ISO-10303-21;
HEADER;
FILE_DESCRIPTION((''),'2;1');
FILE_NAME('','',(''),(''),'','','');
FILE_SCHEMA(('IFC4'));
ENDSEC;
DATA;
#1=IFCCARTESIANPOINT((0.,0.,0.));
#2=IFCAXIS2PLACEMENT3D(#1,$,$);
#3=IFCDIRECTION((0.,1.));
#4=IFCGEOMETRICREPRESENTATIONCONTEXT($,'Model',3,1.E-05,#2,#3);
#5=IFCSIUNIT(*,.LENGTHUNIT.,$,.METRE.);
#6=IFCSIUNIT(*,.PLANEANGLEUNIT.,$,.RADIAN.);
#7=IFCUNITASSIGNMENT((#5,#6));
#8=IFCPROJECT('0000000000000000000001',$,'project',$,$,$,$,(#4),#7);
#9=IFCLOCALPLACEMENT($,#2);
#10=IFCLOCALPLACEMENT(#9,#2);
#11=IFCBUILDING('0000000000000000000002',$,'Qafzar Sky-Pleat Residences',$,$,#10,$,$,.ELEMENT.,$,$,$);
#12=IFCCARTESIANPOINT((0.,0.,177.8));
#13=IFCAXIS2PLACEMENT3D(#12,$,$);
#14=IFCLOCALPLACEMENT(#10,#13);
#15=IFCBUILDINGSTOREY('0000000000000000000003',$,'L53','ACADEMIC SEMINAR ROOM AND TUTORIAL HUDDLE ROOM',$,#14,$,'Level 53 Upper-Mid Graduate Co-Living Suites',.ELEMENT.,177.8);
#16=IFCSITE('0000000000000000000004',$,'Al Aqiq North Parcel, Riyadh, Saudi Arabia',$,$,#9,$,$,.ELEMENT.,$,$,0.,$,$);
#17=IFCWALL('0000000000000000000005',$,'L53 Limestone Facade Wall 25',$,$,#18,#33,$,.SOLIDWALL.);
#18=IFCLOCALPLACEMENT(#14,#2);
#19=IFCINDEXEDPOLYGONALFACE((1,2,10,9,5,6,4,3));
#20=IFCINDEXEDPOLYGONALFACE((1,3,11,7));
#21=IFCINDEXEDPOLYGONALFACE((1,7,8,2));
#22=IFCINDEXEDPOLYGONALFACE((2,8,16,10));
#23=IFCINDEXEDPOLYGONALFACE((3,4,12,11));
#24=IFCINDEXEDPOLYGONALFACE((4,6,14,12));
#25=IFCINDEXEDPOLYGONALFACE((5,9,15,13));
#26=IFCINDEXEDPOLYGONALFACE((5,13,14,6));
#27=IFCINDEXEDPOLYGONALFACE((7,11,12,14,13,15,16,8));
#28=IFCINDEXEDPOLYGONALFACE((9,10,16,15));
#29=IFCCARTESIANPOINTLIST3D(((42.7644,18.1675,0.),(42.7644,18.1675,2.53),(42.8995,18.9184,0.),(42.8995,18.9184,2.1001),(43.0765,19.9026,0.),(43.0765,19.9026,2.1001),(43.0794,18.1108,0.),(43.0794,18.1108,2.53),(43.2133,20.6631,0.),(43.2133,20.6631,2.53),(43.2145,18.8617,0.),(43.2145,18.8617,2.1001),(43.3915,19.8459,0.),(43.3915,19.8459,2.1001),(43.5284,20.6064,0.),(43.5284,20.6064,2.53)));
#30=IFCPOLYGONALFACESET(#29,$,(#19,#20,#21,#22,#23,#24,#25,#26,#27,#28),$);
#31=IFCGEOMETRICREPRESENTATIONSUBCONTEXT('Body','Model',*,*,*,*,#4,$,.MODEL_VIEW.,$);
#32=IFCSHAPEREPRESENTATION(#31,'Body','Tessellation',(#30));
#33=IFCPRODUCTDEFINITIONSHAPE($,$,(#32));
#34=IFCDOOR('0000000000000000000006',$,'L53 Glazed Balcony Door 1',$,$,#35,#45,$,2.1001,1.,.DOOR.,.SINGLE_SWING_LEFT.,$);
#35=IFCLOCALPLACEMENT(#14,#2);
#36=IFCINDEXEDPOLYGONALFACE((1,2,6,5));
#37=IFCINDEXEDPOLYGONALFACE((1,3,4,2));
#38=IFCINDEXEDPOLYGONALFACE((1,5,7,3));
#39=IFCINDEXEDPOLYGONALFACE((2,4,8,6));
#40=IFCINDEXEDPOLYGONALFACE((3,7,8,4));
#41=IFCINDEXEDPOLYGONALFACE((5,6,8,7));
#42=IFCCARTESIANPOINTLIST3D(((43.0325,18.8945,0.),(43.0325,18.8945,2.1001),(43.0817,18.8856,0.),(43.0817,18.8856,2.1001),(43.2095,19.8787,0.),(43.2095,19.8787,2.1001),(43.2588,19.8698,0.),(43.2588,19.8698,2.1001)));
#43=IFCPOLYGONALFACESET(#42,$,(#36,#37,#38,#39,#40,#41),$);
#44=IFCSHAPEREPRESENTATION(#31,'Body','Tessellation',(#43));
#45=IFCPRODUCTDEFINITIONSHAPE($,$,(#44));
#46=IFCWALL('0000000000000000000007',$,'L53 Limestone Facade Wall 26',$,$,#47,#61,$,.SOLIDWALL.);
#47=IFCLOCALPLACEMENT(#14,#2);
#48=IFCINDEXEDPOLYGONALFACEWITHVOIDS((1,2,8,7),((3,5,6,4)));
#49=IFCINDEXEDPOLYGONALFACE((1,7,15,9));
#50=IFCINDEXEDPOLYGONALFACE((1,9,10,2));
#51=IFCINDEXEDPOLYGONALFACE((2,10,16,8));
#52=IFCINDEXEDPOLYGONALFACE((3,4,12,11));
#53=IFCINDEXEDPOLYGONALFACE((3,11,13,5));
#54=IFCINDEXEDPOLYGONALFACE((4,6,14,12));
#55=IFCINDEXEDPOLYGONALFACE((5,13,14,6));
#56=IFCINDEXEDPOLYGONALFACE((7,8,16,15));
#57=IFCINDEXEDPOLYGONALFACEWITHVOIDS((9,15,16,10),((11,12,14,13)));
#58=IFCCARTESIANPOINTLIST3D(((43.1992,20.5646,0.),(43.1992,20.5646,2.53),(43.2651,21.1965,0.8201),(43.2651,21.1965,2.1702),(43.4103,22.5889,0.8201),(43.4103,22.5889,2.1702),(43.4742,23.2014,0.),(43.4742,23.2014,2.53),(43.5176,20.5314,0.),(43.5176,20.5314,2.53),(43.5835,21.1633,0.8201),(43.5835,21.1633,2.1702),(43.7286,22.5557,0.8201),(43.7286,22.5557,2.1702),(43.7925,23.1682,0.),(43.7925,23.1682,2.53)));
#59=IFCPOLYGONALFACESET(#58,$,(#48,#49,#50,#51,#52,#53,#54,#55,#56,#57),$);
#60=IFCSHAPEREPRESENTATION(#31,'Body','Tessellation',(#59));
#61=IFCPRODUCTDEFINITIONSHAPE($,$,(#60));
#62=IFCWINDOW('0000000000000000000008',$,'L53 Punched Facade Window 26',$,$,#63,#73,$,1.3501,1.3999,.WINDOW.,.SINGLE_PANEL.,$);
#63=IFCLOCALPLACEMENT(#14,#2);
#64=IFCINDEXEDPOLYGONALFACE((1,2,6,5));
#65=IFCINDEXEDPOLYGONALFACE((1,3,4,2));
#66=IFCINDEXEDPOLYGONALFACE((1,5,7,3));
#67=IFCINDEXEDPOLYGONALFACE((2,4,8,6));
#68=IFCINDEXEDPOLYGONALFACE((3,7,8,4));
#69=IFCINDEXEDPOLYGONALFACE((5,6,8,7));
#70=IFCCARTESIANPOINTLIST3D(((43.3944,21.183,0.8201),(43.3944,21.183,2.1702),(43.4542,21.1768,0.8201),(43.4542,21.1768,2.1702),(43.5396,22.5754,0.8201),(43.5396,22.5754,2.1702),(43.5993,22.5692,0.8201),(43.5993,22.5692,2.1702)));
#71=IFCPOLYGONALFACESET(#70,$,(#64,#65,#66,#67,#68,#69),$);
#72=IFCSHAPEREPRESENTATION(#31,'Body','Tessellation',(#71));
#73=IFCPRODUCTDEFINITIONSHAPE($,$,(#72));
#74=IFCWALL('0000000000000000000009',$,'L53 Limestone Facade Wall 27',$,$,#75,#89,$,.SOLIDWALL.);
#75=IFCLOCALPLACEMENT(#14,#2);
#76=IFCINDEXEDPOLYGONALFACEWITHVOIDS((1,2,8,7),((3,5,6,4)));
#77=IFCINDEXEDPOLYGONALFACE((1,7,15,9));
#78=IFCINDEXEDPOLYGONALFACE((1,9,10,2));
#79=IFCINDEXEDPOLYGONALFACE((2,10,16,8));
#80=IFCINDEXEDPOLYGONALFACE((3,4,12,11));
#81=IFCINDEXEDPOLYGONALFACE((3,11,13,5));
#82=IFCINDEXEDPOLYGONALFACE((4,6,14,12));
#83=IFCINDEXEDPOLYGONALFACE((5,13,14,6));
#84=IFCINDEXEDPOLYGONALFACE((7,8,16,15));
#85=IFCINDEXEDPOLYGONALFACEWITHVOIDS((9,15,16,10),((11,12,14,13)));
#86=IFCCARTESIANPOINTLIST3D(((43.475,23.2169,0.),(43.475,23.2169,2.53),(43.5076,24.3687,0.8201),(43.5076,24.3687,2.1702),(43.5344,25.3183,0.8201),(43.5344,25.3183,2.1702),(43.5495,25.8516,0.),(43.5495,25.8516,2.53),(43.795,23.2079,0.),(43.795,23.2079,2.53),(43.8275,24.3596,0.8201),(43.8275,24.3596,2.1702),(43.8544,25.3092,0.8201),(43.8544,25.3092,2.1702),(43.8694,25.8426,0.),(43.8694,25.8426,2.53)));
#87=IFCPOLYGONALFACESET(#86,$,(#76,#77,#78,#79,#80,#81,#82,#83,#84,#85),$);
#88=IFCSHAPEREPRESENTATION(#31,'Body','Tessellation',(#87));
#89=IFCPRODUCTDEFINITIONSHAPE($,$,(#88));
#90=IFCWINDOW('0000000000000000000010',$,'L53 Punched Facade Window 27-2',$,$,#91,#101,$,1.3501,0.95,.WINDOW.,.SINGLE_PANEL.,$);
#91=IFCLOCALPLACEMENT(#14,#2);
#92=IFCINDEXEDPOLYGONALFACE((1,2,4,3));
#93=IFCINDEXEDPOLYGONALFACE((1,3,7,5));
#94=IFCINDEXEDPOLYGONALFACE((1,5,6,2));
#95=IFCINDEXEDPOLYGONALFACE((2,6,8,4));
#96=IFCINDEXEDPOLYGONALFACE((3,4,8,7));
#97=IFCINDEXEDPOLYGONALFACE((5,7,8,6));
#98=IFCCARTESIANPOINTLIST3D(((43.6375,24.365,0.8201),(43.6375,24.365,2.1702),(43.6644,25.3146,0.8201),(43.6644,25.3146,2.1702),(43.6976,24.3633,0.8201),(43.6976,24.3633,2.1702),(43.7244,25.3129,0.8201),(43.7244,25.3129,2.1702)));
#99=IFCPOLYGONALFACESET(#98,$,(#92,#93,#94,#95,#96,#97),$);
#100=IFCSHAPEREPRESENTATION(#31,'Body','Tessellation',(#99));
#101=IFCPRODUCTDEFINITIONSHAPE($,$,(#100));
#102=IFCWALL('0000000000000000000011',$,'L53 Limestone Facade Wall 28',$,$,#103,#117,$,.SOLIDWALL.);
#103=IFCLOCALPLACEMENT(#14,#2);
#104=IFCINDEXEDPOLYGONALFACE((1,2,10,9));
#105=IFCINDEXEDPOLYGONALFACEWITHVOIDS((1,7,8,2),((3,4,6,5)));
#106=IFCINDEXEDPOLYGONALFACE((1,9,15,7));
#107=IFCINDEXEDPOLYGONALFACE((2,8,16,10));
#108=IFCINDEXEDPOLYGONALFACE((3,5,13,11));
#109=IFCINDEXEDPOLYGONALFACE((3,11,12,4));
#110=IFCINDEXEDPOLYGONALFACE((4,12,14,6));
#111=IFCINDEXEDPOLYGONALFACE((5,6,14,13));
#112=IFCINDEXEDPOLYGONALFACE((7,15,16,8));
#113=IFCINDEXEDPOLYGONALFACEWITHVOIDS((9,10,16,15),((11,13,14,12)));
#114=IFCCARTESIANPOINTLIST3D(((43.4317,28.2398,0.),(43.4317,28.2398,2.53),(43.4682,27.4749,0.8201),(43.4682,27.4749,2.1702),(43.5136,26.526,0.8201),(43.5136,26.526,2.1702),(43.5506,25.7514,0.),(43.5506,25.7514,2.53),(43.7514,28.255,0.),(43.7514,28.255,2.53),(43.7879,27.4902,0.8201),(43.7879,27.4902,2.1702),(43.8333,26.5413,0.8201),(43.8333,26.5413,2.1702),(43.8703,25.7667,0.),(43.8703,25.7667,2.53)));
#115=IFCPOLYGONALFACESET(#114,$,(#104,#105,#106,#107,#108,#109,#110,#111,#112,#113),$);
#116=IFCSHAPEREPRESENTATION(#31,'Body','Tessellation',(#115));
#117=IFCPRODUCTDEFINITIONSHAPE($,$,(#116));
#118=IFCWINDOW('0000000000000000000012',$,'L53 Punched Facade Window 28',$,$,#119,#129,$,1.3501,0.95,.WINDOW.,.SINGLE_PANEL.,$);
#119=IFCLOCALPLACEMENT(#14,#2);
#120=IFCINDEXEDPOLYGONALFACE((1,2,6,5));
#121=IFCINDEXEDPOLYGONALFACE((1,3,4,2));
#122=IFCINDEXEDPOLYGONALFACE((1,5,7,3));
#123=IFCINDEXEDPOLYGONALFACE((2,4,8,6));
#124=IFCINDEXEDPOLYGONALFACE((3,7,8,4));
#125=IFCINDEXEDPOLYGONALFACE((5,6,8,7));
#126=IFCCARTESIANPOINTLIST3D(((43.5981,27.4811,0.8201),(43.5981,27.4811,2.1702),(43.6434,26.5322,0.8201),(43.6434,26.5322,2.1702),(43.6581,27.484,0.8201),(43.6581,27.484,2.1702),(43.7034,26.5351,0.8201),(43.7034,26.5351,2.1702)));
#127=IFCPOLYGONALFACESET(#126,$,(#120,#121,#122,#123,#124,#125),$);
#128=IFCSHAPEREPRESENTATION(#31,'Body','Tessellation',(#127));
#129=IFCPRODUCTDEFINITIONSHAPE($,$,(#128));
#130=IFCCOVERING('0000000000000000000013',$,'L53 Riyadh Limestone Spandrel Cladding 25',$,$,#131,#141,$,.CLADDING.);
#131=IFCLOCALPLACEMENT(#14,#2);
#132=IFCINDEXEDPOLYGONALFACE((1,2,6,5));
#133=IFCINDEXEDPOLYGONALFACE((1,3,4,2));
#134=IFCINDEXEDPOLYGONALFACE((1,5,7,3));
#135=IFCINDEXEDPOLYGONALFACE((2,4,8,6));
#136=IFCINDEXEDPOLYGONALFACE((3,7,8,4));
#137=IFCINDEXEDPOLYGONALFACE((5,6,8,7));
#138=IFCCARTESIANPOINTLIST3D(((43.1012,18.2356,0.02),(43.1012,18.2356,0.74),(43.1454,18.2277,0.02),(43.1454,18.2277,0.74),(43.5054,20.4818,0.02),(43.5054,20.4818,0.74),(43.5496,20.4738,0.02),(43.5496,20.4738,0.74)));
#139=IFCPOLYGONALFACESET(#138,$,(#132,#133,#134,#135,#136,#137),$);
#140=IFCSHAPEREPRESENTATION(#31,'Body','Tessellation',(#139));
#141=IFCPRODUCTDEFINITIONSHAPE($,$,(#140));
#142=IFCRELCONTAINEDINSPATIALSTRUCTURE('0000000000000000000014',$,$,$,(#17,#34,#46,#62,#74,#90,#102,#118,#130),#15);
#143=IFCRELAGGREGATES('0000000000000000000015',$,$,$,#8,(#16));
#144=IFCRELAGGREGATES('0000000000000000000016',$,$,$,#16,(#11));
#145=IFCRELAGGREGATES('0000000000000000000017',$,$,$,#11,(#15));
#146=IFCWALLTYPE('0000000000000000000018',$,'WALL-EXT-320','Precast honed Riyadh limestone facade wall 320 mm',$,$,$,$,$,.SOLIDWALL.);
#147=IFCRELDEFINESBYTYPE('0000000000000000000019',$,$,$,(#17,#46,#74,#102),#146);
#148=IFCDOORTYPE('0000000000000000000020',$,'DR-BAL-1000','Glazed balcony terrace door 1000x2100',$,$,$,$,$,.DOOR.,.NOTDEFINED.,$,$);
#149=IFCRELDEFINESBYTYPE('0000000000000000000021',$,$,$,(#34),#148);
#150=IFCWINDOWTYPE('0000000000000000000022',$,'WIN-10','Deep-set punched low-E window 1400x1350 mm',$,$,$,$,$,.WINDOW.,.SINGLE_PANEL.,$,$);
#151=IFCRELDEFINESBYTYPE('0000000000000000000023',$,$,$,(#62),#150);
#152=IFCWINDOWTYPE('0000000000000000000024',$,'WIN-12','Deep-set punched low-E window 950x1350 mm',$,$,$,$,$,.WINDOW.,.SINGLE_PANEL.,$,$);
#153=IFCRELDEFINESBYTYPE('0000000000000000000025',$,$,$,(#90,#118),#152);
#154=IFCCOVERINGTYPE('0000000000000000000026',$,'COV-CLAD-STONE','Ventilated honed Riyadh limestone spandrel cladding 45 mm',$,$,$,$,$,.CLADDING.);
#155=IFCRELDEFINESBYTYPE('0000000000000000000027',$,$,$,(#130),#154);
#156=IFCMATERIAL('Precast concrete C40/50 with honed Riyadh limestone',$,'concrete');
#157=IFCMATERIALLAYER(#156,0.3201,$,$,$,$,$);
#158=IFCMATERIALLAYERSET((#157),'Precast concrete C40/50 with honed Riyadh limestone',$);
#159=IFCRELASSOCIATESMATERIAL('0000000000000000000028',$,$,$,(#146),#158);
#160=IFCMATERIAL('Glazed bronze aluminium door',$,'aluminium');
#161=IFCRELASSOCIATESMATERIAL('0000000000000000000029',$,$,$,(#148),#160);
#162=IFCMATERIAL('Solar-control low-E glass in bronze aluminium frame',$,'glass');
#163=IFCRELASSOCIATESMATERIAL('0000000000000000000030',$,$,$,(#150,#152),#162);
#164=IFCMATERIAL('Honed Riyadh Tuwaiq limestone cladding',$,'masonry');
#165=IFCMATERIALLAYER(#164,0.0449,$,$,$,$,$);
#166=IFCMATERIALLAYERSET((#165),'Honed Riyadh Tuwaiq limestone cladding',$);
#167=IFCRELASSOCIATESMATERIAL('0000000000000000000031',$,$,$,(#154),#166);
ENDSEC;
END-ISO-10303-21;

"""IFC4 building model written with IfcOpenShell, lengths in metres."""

from ifc_helpers import new_model, si_unit, direction, frame, frame_2d, origin, origin_2d, place, context, subcontext, project, spatial, rectangle, extrude, source, transform, mapped, material, layer, layer_set, type_object, element, fill, save


model = new_model("IFC4")

# Units and contexts
model_context = context("Model", 3, precision=1e-05, world=origin(), true_north=direction((0.0, 1.0)))
body_context = subcontext(model_context, "Body", "Model", "MODEL_VIEW")
ifc_project = project(units=[si_unit("LENGTHUNIT", "METRE"), si_unit("PLANEANGLEUNIT", "RADIAN")], contexts=[model_context])

# Site, building, storey
site_placement = place(None, origin())
site = spatial("IfcSite", under=ifc_project, at=site_placement, Name="Al Aqiq North Parcel, Riyadh, Saudi Arabia", CompositionType="ELEMENT", RefElevation=0.0)
building_placement = place(site_placement, origin())
building = spatial("IfcBuilding", under=site, at=building_placement, Name="Qafzar Sky-Pleat Residences", CompositionType="ELEMENT")
storey_placement = place(building_placement, frame((0.0, 0.0, 177.8)))
storey = spatial("IfcBuildingStorey", under=building, at=storey_placement, Name="L53", Description="ACADEMIC SEMINAR ROOM AND TUTORIAL HUDDLE ROOM", LongName="Level 53 Upper-Mid Graduate Co-Living Suites", CompositionType="ELEMENT", Elevation=177.8)

# Wall, opening, door
ifc_material_1 = material(Name="Precast concrete C40/50 with honed Riyadh limestone", Category="concrete")
ifc_layer_1 = layer(ifc_material_1, 0.3201)
ifc_layer_set_1 = layer_set([ifc_layer_1], Name="Precast concrete C40/50 with honed Riyadh limestone")
wall_type_1 = type_object("IfcWallType", Name="WALL-EXT-320", Description="Precast honed Riyadh limestone facade wall 320 mm", PredefinedType="SOLIDWALL", material=ifc_layer_set_1)
wall_1_placement = place(storey_placement, frame((42.9219, 18.1392, 0.0), z_axis=(0.0, 0.0, 1.0), x_axis=(0.177063, 0.984199, 0.0)))
wall_1 = element("IfcWall", 1, at=wall_1_placement, inside=storey, type_object=wall_type_1, Name="L53 Limestone Facade Wall 25", PredefinedType="SOLIDWALL", context=body_context, shape_type="SweptSolid", body=[
    extrude(rectangle(XDim=2.5356, YDim=0.3201, at=frame_2d((1.2678, 0.0))), origin(), (0.0, 0.0, 1.0), 2.53),
])
opening_1_placement = place(wall_1_placement, frame((0.7629, 0.0, 0.0)))
opening_1 = element("IfcOpeningElement", 2, at=opening_1_placement, cuts=wall_1, PredefinedType="OPENING", context=body_context, shape_type="SweptSolid", body=[
    extrude(rectangle(XDim=1.0, YDim=2.1001, at=frame_2d((0.5, 1.05))), frame((0.0, 0.1699, 0.0), z_axis=(0.0, -1.0, 0.0), x_axis=(1.0, 0.0, 0.0)), (0.0, 0.0, 1.0), 0.3401),
])
ifc_material_2 = material(Name="Glazed bronze aluminium door", Category="aluminium")
door_type_1 = type_object("IfcDoorType", Name="DR-BAL-1000", Description="Glazed balcony terrace door 1000x2100", OperationType="NOTDEFINED", PredefinedType="DOOR", material=ifc_material_2)
shared_shape_1 = source(origin(), body_context, "Body", "SweptSolid", [
    extrude(rectangle(XDim=1.0, YDim=2.1001, at=frame_2d((0.5, 1.05))), frame((0.0, 0.0249, 0.0), z_axis=(0.0, -1.0, 0.0), x_axis=(1.0, 0.0, 0.0)), (0.0, 0.0, 1.0), 0.05),
])
door_1_placement = place(opening_1_placement, origin())
door_1 = element("IfcDoor", 3, at=door_1_placement, inside=storey, type_object=door_type_1, Name="L53 Glazed Balcony Door 1", OperationType="SINGLE_SWING_LEFT", OverallHeight=2.1001, OverallWidth=1.0, PredefinedType="DOOR", context=body_context, shape_type="MappedRepresentation", body=[
    mapped(shared_shape_1, transform((0.0, 0.0, 0.0), x_axis=(1.0, 0.0, 0.0), y_axis=(0.0, 1.0, 0.0), z_axis=(0.0, 0.0, 1.0), scale=1.0)),
])
fill(opening_1, door_1)

# Walls, openings, windows
wall_2_placement = place(storey_placement, frame((43.3584, 20.5479, 0.0), z_axis=(0.0, 0.0, 1.0), x_axis=(0.103697, 0.994609, 0.0)))
wall_2 = element("IfcWall", 4, at=wall_2_placement, inside=storey, type_object=wall_type_1, Name="L53 Limestone Facade Wall 26", PredefinedType="SOLIDWALL", context=body_context, shape_type="SweptSolid", body=[
    extrude(rectangle(XDim=2.6511, YDim=0.3201, at=frame_2d((1.3257, 0.0))), origin(), (0.0, 0.0, 1.0), 2.53),
])
opening_2_placement = place(wall_2_placement, frame((0.6355, 0.0, 0.8201)))
opening_2 = element("IfcOpeningElement", 5, at=opening_2_placement, cuts=wall_2, PredefinedType="OPENING", context=body_context, shape_type="SweptSolid", body=[
    extrude(rectangle(XDim=1.3999, YDim=1.3501, at=frame_2d((0.7, 0.675))), frame((0.0, 0.1699, 0.0), z_axis=(0.0, -1.0, 0.0), x_axis=(1.0, 0.0, 0.0)), (0.0, 0.0, 1.0), 0.3401),
])
ifc_material_3 = material(Name="Solar-control low-E glass in bronze aluminium frame", Category="glass")
window_type_1 = type_object("IfcWindowType", Name="WIN-10", Description="Deep-set punched low-E window 1400x1350 mm", PartitioningType="SINGLE_PANEL", PredefinedType="WINDOW", material=ifc_material_3)
shared_shape_2 = source(origin(), body_context, "Body", "SweptSolid", [
    extrude(rectangle(XDim=1.3999, YDim=1.3501, at=frame_2d((0.7, 0.675))), frame((0.0, 0.03, 0.0), z_axis=(0.0, -1.0, 0.0), x_axis=(1.0, 0.0, 0.0)), (0.0, 0.0, 1.0), 0.0601),
])
window_1_placement = place(opening_2_placement, origin())
window_1 = element("IfcWindow", 6, at=window_1_placement, inside=storey, type_object=window_type_1, Name="L53 Punched Facade Window 26", OverallHeight=1.3501, OverallWidth=1.3999, PartitioningType="SINGLE_PANEL", PredefinedType="WINDOW", context=body_context, shape_type="MappedRepresentation", body=[
    mapped(shared_shape_2, transform((0.0, 0.0, 0.0), x_axis=(1.0, 0.0, 0.0), y_axis=(0.0, 1.0, 0.0), z_axis=(0.0, 0.0, 1.0), scale=1.0)),
])
fill(opening_2, window_1)
wall_3_placement = place(storey_placement, frame((43.635, 23.2124, 0.0), z_axis=(0.0, 0.0, 1.0), x_axis=(0.02825, 0.999601, 0.0)))
wall_3 = element("IfcWall", 7, at=wall_3_placement, inside=storey, type_object=wall_type_1, Name="L53 Limestone Facade Wall 27", PredefinedType="SOLIDWALL", context=body_context, shape_type="SweptSolid", body=[
    extrude(rectangle(XDim=2.6357, YDim=0.3201, at=frame_2d((1.3179, 0.0))), origin(), (0.0, 0.0, 1.0), 2.53),
])
opening_3_placement = place(wall_3_placement, frame((1.1521, 0.0, 0.8201)))
opening_3 = element("IfcOpeningElement", 8, at=opening_3_placement, cuts=wall_3, PredefinedType="OPENING", context=body_context, shape_type="SweptSolid", body=[
    extrude(rectangle(XDim=0.95, YDim=1.3501, at=frame_2d((0.4751, 0.675))), frame((0.0, 0.1699, 0.0), z_axis=(0.0, -1.0, 0.0), x_axis=(1.0, 0.0, 0.0)), (0.0, 0.0, 1.0), 0.3401),
])
window_type_2 = type_object("IfcWindowType", Name="WIN-12", Description="Deep-set punched low-E window 950x1350 mm", PartitioningType="SINGLE_PANEL", PredefinedType="WINDOW", material=ifc_material_3)
shared_shape_3 = source(origin(), body_context, "Body", "SweptSolid", [
    extrude(rectangle(XDim=0.95, YDim=1.3501, at=frame_2d((0.4751, 0.675))), frame((0.0, 0.03, 0.0), z_axis=(0.0, -1.0, 0.0), x_axis=(1.0, 0.0, 0.0)), (0.0, 0.0, 1.0), 0.0601),
])
window_2_placement = place(opening_3_placement, origin())
window_2 = element("IfcWindow", 9, at=window_2_placement, inside=storey, type_object=window_type_2, Name="L53 Punched Facade Window 27-2", OverallHeight=1.3501, OverallWidth=0.95, PartitioningType="SINGLE_PANEL", PredefinedType="WINDOW", context=body_context, shape_type="MappedRepresentation", body=[
    mapped(shared_shape_3, transform((0.0, 0.0, 0.0), x_axis=(1.0, 0.0, 0.0), y_axis=(0.0, 1.0, 0.0), z_axis=(0.0, 0.0, 1.0), scale=1.0)),
])
fill(opening_3, window_2)
wall_4_placement = place(storey_placement, frame((43.7104, 25.759, 0.0), z_axis=(0.0, 0.0, 1.0), x_axis=(-0.047728, 0.99886, 0.0)))
wall_4 = element("IfcWall", 10, at=wall_4_placement, inside=storey, type_object=wall_type_1, Name="L53 Limestone Facade Wall 28", PredefinedType="SOLIDWALL", context=body_context, shape_type="SweptSolid", body=[
    extrude(rectangle(XDim=2.4912, YDim=0.3201, at=frame_2d((1.2456, 0.0))), origin(), (0.0, 0.0, 1.0), 2.53),
])
opening_4_placement = place(wall_4_placement, frame((0.7754, 0.0, 0.8201)))
opening_4 = element("IfcOpeningElement", 11, at=opening_4_placement, cuts=wall_4, PredefinedType="OPENING", context=body_context, shape_type="SweptSolid", body=[
    extrude(rectangle(XDim=0.95, YDim=1.3501, at=frame_2d((0.4751, 0.675))), frame((0.0, 0.1699, 0.0), z_axis=(0.0, -1.0, 0.0), x_axis=(1.0, 0.0, 0.0)), (0.0, 0.0, 1.0), 0.3401),
])
window_3_placement = place(opening_4_placement, origin())
window_3 = element("IfcWindow", 12, at=window_3_placement, inside=storey, type_object=window_type_2, Name="L53 Punched Facade Window 28", OverallHeight=1.3501, OverallWidth=0.95, PartitioningType="SINGLE_PANEL", PredefinedType="WINDOW", context=body_context, shape_type="MappedRepresentation", body=[
    mapped(shared_shape_3, transform((0.0, 0.0, 0.0), x_axis=(1.0, 0.0, 0.0), y_axis=(0.0, 1.0, 0.0), z_axis=(0.0, 0.0, 1.0), scale=1.0)),
])
fill(opening_4, window_3)

# Covering
ifc_material_4 = material(Name="Honed Riyadh Tuwaiq limestone cladding", Category="masonry")
ifc_layer_2 = layer(ifc_material_4, 0.0449)
ifc_layer_set_2 = layer_set([ifc_layer_2], Name="Honed Riyadh Tuwaiq limestone cladding")
covering_type = type_object("IfcCoveringType", Name="COV-CLAD-STONE", Description="Ventilated honed Riyadh limestone spandrel cladding 45 mm", PredefinedType="CLADDING", material=ifc_layer_set_2)
shared_shape_4 = source(origin(), body_context, "Body", "SweptSolid", [
    extrude(rectangle(XDim=2.2822, YDim=0.0449, at=origin_2d()), origin(), (0.0, 0.0, 1.0), 0.72),
])
covering_placement = place(storey_placement, frame((43.3254, 19.3547, 0.02), z_axis=(0.0, 0.0, 1.0), x_axis=(0.177105, 0.984192, 0.0)))
element("IfcCovering", 13, at=covering_placement, inside=storey, type_object=covering_type, Name="L53 Riyadh Limestone Spandrel Cladding 25", PredefinedType="CLADDING", context=body_context, shape_type="MappedRepresentation", body=[
    mapped(shared_shape_4, transform((0.0, 0.0, 0.0), x_axis=(1.0, 0.0, 0.0), y_axis=(0.0, 1.0, 0.0), z_axis=(0.0, 0.0, 1.0), scale=1.0)),
])

save(model, "model.ifc")
